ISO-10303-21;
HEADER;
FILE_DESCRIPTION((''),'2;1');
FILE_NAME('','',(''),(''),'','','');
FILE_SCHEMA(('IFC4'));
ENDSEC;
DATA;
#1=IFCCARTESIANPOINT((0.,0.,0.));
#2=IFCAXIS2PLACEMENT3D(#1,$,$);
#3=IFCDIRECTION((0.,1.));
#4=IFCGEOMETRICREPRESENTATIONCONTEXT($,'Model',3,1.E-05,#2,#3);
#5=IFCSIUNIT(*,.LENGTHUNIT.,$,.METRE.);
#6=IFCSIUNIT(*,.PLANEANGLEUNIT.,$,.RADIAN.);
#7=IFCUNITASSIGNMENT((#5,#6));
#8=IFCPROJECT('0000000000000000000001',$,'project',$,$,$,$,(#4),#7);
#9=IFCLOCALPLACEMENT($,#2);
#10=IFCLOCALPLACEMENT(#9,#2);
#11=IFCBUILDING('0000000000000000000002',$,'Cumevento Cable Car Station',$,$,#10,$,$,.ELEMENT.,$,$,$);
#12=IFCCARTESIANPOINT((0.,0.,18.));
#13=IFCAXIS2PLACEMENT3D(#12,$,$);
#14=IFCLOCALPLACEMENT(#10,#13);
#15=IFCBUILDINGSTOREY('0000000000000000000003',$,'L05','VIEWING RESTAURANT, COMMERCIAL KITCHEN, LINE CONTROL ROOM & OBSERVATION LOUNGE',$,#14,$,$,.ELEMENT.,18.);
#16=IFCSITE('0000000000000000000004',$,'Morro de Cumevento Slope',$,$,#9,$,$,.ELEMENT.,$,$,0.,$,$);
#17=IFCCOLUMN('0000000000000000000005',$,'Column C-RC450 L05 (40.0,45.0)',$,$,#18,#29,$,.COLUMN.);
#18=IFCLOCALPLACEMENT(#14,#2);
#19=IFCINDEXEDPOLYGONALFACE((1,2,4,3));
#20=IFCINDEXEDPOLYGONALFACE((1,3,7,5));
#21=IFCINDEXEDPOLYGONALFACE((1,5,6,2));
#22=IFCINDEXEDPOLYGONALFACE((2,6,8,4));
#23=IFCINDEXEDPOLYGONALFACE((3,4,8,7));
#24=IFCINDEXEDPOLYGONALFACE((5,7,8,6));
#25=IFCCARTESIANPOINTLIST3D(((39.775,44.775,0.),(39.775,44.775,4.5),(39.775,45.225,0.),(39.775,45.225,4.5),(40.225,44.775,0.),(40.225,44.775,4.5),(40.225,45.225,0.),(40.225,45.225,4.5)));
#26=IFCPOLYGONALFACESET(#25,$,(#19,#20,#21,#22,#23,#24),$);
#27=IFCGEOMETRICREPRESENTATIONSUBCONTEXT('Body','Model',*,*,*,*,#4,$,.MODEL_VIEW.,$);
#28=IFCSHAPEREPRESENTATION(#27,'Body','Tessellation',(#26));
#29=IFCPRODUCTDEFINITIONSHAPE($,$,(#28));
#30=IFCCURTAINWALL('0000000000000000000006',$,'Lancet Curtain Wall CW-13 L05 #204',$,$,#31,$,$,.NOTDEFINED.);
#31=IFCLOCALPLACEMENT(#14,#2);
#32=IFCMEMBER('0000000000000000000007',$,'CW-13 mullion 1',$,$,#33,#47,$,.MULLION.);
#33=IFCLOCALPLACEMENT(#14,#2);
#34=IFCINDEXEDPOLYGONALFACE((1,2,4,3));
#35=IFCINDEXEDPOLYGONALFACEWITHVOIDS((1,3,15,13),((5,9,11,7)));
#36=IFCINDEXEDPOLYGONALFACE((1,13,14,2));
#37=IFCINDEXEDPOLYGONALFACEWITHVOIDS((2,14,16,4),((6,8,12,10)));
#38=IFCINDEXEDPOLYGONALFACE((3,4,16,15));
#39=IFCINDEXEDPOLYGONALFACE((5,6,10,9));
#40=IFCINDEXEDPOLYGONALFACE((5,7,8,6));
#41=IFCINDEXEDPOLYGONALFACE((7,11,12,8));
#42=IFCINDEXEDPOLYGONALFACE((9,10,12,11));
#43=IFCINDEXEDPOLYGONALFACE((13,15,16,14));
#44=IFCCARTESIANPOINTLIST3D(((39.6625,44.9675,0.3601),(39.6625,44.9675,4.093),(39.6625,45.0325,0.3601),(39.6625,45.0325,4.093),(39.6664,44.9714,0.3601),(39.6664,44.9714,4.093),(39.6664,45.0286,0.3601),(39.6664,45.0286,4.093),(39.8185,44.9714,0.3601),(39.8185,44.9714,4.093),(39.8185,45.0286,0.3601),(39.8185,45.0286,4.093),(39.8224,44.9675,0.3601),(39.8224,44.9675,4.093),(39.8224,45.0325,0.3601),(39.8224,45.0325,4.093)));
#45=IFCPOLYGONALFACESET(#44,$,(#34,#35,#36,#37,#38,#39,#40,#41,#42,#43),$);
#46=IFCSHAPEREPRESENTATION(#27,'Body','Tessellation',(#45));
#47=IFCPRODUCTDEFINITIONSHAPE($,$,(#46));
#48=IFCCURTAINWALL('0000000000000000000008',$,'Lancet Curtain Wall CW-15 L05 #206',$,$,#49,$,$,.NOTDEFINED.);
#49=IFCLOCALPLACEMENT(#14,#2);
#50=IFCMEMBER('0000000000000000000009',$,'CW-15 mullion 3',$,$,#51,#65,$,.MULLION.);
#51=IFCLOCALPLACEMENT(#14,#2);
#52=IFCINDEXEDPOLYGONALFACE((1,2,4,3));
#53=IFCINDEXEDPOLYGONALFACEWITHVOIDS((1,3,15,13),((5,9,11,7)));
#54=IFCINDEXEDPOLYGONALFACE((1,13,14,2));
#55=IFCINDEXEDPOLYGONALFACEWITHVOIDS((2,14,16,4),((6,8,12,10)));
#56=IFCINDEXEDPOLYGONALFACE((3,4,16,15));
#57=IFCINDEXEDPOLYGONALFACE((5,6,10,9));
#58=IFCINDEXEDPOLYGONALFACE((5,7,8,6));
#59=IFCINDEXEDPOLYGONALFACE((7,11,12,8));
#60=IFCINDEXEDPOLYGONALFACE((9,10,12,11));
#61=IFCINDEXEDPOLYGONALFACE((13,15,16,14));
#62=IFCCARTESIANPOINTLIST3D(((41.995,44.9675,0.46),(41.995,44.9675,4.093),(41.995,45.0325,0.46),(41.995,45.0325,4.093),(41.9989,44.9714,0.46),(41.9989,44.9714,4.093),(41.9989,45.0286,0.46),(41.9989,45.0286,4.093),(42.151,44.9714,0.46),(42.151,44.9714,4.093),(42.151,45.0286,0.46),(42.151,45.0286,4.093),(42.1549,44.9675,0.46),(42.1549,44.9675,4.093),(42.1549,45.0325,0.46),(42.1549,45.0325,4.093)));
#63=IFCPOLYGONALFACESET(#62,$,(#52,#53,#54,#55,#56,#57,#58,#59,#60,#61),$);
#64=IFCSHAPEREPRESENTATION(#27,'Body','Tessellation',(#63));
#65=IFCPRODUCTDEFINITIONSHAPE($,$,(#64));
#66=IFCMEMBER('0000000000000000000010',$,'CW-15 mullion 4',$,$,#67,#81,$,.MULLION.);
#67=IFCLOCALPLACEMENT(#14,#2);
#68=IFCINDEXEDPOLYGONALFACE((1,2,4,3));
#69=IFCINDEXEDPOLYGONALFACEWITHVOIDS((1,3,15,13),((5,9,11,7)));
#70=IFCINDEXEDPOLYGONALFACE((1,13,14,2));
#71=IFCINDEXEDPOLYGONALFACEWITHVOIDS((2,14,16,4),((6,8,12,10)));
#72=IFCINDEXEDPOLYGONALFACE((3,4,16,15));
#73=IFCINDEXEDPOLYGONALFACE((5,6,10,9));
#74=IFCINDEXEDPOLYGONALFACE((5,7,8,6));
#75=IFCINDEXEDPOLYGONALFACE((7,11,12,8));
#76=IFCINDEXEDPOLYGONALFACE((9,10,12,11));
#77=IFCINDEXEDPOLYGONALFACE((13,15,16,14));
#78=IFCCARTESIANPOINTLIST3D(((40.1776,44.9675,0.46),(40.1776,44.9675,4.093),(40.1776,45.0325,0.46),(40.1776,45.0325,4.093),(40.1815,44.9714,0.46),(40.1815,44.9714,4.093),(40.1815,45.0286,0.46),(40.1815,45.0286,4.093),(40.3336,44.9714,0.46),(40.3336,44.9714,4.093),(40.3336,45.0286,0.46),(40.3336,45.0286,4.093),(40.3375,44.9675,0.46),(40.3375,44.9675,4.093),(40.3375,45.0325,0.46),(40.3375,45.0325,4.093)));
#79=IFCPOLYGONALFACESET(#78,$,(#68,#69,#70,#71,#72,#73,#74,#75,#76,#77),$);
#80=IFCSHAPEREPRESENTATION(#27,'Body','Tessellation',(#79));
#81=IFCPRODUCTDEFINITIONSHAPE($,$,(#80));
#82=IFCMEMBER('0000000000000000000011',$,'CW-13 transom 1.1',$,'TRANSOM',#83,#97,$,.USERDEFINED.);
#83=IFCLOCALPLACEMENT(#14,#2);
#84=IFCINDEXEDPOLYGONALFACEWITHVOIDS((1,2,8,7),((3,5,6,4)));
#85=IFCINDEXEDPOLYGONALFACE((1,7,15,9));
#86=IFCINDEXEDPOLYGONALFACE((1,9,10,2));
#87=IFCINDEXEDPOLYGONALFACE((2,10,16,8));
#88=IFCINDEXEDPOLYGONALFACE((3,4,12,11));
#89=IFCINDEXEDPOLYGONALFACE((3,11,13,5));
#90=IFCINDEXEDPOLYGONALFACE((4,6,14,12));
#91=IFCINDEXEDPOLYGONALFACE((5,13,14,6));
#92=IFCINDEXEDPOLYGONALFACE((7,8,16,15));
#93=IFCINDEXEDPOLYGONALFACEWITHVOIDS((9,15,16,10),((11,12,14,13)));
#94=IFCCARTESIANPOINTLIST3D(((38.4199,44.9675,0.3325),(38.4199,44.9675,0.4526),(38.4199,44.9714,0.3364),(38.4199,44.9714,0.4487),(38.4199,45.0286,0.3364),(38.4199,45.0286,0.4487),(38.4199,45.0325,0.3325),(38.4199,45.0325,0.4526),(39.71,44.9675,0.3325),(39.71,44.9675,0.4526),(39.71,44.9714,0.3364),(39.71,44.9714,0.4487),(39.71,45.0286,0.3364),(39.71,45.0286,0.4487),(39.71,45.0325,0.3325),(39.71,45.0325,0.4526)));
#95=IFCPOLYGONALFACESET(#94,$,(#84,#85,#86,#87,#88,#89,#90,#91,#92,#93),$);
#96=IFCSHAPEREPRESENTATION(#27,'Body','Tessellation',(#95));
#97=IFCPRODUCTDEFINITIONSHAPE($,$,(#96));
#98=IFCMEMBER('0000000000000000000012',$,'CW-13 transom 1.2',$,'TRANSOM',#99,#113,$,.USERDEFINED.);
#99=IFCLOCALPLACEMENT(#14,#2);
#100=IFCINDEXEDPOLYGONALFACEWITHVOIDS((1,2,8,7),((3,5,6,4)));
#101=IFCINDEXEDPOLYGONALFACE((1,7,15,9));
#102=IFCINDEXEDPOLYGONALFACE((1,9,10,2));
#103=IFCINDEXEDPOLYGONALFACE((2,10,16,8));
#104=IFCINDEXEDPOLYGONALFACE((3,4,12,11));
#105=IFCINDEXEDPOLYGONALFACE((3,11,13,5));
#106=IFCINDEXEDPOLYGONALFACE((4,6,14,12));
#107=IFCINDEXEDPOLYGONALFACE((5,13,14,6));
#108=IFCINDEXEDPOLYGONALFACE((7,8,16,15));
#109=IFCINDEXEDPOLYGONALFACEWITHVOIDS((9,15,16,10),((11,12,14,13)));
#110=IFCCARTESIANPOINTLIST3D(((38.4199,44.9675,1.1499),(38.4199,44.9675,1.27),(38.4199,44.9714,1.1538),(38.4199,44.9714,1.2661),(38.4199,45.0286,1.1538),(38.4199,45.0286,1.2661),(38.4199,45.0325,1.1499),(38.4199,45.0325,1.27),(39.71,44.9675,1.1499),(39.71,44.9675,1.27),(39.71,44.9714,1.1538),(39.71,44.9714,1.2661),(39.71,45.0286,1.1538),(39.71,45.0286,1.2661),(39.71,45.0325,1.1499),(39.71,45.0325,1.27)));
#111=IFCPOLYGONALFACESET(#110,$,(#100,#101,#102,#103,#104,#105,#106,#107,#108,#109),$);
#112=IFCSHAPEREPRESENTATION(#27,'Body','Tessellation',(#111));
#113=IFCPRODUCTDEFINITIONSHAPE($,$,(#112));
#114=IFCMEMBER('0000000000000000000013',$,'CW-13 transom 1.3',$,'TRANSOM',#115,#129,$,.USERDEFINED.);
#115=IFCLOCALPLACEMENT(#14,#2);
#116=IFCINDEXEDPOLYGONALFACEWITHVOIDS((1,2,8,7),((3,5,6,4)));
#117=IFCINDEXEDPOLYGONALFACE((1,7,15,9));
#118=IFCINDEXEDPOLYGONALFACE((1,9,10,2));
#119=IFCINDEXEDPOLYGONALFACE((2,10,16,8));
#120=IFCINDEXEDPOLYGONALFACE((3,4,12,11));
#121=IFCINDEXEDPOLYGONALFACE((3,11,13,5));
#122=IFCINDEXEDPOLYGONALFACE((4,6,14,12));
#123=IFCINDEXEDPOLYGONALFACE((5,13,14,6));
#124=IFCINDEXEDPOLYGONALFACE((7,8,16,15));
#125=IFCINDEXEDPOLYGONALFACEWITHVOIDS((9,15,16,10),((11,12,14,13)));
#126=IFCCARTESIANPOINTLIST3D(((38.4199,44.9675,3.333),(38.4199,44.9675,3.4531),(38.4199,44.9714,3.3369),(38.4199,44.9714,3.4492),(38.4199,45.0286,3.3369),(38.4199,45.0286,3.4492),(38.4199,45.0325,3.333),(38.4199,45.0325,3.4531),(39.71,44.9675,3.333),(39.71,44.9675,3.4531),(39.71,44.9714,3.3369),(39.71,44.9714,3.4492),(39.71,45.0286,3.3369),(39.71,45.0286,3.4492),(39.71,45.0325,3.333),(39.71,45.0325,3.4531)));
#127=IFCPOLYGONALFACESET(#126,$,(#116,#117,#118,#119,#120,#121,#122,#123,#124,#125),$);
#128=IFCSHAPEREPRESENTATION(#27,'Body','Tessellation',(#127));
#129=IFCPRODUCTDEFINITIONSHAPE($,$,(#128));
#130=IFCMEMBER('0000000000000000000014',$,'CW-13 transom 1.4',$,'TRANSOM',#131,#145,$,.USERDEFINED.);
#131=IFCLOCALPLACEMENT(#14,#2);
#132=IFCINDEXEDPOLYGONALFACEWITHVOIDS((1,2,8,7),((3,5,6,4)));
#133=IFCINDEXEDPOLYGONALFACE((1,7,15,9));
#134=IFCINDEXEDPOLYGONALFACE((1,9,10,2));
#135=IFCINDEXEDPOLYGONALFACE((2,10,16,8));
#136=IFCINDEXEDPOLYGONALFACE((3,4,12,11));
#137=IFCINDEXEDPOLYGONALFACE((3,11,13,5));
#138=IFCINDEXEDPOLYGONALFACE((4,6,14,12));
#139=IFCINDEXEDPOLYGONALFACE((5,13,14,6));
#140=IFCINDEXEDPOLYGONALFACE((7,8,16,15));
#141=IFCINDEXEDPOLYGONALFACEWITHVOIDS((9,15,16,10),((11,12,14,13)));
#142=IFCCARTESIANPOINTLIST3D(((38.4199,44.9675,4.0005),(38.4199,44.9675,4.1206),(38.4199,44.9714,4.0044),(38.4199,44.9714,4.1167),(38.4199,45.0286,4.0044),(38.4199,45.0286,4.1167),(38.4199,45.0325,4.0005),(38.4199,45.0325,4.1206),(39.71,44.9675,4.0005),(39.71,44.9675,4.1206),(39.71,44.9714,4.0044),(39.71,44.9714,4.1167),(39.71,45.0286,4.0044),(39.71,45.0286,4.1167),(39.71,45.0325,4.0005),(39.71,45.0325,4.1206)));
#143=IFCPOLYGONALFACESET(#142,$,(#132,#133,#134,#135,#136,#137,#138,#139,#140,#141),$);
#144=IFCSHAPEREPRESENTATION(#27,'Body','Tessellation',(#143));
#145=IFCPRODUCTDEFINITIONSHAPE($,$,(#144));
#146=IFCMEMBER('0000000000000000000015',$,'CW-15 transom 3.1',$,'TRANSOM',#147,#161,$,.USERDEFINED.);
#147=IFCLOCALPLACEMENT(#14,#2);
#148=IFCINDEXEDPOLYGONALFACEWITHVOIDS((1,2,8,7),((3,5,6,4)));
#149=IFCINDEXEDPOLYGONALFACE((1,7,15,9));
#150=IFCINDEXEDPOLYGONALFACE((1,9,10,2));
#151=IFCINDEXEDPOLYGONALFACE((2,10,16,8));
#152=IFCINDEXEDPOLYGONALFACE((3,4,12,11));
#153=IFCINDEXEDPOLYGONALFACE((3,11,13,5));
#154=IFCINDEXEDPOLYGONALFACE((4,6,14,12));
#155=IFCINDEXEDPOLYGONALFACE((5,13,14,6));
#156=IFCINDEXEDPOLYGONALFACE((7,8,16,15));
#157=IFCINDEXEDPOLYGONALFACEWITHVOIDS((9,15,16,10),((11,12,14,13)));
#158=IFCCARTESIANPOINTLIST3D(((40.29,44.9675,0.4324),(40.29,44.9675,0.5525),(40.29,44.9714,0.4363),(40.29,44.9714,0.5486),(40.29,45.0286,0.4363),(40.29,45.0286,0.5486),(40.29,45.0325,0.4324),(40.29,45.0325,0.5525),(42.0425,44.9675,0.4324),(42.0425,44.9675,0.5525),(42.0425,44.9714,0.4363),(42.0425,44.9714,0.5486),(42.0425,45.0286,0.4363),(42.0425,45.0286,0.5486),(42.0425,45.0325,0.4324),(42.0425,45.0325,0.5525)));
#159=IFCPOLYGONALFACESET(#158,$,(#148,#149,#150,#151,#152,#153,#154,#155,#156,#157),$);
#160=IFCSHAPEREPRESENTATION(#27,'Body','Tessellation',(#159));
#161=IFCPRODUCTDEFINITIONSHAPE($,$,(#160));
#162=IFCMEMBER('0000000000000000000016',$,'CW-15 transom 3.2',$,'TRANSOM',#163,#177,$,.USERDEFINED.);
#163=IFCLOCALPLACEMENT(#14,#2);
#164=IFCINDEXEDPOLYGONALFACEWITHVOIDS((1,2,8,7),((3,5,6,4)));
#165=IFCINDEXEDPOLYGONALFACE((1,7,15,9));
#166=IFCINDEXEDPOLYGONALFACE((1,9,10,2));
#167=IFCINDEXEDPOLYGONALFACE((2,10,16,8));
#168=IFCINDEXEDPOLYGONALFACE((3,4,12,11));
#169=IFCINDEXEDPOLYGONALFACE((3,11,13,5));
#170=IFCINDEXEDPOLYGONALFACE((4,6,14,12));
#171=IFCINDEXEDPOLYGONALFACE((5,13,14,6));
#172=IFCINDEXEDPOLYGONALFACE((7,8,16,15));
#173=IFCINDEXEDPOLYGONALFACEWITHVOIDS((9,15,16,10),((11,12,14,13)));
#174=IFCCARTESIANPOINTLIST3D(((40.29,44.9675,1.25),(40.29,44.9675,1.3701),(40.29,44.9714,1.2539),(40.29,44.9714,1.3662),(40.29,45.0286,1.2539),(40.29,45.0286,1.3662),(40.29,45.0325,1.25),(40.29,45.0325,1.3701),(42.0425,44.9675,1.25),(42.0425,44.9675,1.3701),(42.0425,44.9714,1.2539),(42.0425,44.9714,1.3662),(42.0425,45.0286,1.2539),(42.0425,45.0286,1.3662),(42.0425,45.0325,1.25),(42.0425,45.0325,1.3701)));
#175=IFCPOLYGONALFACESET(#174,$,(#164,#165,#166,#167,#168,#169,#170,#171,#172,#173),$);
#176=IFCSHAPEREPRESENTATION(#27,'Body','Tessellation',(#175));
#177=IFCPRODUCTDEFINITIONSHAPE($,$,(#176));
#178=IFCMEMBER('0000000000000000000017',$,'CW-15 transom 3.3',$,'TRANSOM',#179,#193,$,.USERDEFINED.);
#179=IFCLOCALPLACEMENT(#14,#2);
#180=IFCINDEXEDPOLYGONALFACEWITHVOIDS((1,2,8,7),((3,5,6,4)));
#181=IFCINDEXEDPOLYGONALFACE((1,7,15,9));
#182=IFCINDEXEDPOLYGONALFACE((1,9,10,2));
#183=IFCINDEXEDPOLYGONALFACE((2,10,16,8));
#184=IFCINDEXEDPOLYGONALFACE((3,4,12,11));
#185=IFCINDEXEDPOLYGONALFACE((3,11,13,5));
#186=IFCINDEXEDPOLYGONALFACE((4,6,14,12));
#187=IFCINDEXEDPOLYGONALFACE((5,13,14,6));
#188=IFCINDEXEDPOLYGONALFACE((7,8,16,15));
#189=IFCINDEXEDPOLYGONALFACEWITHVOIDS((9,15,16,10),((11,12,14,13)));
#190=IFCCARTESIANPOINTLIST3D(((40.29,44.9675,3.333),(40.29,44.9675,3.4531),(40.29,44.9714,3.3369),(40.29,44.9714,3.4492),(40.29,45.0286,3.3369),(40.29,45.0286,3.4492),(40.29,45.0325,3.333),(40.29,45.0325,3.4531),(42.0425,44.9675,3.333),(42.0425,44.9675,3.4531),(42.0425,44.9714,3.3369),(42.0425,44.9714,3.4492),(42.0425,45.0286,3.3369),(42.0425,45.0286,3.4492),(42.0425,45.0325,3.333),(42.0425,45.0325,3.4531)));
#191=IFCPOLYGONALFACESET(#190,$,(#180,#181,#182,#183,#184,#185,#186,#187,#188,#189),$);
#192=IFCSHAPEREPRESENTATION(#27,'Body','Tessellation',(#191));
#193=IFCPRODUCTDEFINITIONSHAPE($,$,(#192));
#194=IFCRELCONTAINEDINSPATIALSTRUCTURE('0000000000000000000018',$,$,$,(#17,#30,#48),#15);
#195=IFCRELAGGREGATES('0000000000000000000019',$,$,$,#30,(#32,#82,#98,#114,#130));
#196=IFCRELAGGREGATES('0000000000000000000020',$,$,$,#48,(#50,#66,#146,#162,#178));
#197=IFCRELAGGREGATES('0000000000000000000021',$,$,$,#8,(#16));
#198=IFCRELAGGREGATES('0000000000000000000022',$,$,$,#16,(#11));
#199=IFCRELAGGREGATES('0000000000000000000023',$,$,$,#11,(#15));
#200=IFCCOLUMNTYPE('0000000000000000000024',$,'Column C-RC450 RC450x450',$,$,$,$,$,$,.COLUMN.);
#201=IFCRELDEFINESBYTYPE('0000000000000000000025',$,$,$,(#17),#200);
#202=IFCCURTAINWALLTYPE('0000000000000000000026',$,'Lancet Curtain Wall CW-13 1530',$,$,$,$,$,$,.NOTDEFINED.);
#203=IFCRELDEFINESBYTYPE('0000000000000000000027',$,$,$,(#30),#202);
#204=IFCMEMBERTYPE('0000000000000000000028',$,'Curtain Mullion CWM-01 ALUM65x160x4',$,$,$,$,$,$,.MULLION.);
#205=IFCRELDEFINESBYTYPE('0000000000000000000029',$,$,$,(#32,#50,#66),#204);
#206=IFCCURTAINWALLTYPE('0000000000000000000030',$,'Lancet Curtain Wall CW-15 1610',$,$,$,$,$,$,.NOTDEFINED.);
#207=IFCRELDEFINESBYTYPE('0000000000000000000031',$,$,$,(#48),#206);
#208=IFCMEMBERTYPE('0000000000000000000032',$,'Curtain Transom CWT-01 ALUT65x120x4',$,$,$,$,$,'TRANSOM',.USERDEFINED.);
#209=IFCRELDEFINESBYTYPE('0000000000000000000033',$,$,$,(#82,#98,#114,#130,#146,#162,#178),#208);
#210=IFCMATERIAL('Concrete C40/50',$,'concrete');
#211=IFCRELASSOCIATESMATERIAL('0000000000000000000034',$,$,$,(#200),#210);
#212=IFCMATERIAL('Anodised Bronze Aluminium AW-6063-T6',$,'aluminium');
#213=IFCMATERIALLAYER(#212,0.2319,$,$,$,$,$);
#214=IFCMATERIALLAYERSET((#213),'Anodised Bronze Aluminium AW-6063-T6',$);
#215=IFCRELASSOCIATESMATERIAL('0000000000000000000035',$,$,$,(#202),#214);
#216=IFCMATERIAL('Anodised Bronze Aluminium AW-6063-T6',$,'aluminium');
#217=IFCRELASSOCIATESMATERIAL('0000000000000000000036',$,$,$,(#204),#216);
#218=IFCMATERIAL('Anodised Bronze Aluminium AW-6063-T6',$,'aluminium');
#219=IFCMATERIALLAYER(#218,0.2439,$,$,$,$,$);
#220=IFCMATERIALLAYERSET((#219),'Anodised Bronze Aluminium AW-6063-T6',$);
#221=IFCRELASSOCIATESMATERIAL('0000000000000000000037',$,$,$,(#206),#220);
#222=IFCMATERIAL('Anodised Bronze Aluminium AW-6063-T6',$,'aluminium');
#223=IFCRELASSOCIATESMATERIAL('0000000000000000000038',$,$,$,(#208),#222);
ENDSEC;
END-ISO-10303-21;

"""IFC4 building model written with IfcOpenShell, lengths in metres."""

from ifc_helpers import new_model, si_unit, direction, frame, origin, origin_2d, place, context, subcontext, project, spatial, rectangle, hollow_rectangle, extrude, material, layer, layer_set, material_profile, profile_set, type_object, element, aggregate, save


model = new_model("IFC4")

# Units and contexts
model_context = context("Model", 3, precision=1e-05, world=origin(), true_north=direction((0.0, 1.0)))
body_context = subcontext(model_context, "Body", "Model", "MODEL_VIEW")
ifc_project = project(units=[si_unit("LENGTHUNIT", "METRE"), si_unit("PLANEANGLEUNIT", "RADIAN")], contexts=[model_context])

# Site, building, storey
site_placement = place(None, origin())
site = spatial("IfcSite", under=ifc_project, at=site_placement, Name="Morro de Cumevento Slope", CompositionType="ELEMENT", RefElevation=0.0)
building_placement = place(site_placement, origin())
building = spatial("IfcBuilding", under=site, at=building_placement, Name="Cumevento Cable Car Station", CompositionType="ELEMENT")
storey_placement = place(building_placement, frame((0.0, 0.0, 18.0)))
storey = spatial("IfcBuildingStorey", under=building, at=storey_placement, Name="L05", Description="VIEWING RESTAURANT, COMMERCIAL KITCHEN, LINE CONTROL ROOM & OBSERVATION LOUNGE", CompositionType="ELEMENT", Elevation=18.0)

# Column
ifc_material_1 = material(Name="Concrete C40/50", Category="concrete")
ifc_material_profile_1 = material_profile(ifc_material_1, rectangle(XDim=0.45, YDim=0.45, at=origin_2d()), Name="RC450x450")
ifc_profile_set_1 = profile_set([ifc_material_profile_1], Name="Concrete C40/50")
column_type = type_object("IfcColumnType", Name="Column C-RC450 RC450x450", PredefinedType="COLUMN", material=ifc_profile_set_1)
column_placement = place(storey_placement, frame((40.0, 45.0, 0.0), z_axis=(0.0, 0.0, 1.0), x_axis=(1.0, 0.0, 0.0)))
element("IfcColumn", 1, at=column_placement, inside=storey, type_object=column_type, Name="Column C-RC450 L05 (40.0,45.0)", PredefinedType="COLUMN", context=body_context, shape_type="SweptSolid", body=[
    extrude(rectangle(XDim=0.45, YDim=0.45, at=origin_2d()), origin(), (0.0, 0.0, 1.0), 4.5),
])

# Curtain wall, member
ifc_material_2 = material(Name="Anodised Bronze Aluminium AW-6063-T6", Category="aluminium")
ifc_layer_1 = layer(ifc_material_2, 0.2319)
ifc_layer_set_1 = layer_set([ifc_layer_1], Name="Anodised Bronze Aluminium AW-6063-T6")
curtain_wall_type_1 = type_object("IfcCurtainWallType", Name="Lancet Curtain Wall CW-13 1530", PredefinedType="NOTDEFINED", material=ifc_layer_set_1)
curtain_wall_1_placement = place(storey_placement, origin())
curtain_wall_1 = element("IfcCurtainWall", 2, at=curtain_wall_1_placement, inside=storey, type_object=curtain_wall_type_1, Name="Lancet Curtain Wall CW-13 L05 #204", PredefinedType="NOTDEFINED")
ifc_material_3 = material(Name="Anodised Bronze Aluminium AW-6063-T6", Category="aluminium")
ifc_material_profile_2 = material_profile(ifc_material_3, hollow_rectangle(XDim=0.0649, YDim=0.1599, WallThickness=0.0039, at=origin_2d()), Name="ALUM65x160x4")
ifc_profile_set_2 = profile_set([ifc_material_profile_2], Name="Anodised Bronze Aluminium AW-6063-T6")
member_type_1 = type_object("IfcMemberType", Name="Curtain Mullion CWM-01 ALUM65x160x4", PredefinedType="MULLION", material=ifc_profile_set_2)
member_1_placement = place(storey_placement, frame((39.7424, 45.0, 0.3601), z_axis=(0.0, 0.0, 1.0), x_axis=(0.0, -1.0, 0.0)))
member_1 = element("IfcMember", 3, at=member_1_placement, type_object=member_type_1, Name="CW-13 mullion 1", PredefinedType="MULLION", context=body_context, shape_type="SweptSolid", body=[
    extrude(hollow_rectangle(XDim=0.0649, YDim=0.1599, WallThickness=0.0039, at=origin_2d()), origin(), (0.0, 0.0, 1.0), 3.7329),
])

# Curtain wall, members
ifc_material_4 = material(Name="Anodised Bronze Aluminium AW-6063-T6", Category="aluminium")
ifc_layer_2 = layer(ifc_material_4, 0.2439)
ifc_layer_set_2 = layer_set([ifc_layer_2], Name="Anodised Bronze Aluminium AW-6063-T6")
curtain_wall_type_2 = type_object("IfcCurtainWallType", Name="Lancet Curtain Wall CW-15 1610", PredefinedType="NOTDEFINED", material=ifc_layer_set_2)
curtain_wall_2_placement = place(storey_placement, origin())
curtain_wall_2 = element("IfcCurtainWall", 4, at=curtain_wall_2_placement, inside=storey, type_object=curtain_wall_type_2, Name="Lancet Curtain Wall CW-15 L05 #206", PredefinedType="NOTDEFINED")
member_2_placement = place(storey_placement, frame((42.075, 45.0, 0.46), z_axis=(0.0, 0.0, 1.0), x_axis=(0.0, -1.0, 0.0)))
member_2 = element("IfcMember", 5, at=member_2_placement, type_object=member_type_1, Name="CW-15 mullion 3", PredefinedType="MULLION", context=body_context, shape_type="SweptSolid", body=[
    extrude(hollow_rectangle(XDim=0.0649, YDim=0.1599, WallThickness=0.0039, at=origin_2d()), origin(), (0.0, 0.0, 1.0), 3.6331),
])
member_3_placement = place(storey_placement, frame((40.2576, 45.0, 0.46), z_axis=(0.0, 0.0, 1.0), x_axis=(0.0, -1.0, 0.0)))
member_3 = element("IfcMember", 6, at=member_3_placement, type_object=member_type_1, Name="CW-15 mullion 4", PredefinedType="MULLION", context=body_context, shape_type="SweptSolid", body=[
    extrude(hollow_rectangle(XDim=0.0649, YDim=0.1599, WallThickness=0.0039, at=origin_2d()), origin(), (0.0, 0.0, 1.0), 3.6331),
])

# Members
ifc_material_5 = material(Name="Anodised Bronze Aluminium AW-6063-T6", Category="aluminium")
ifc_material_profile_3 = material_profile(ifc_material_5, hollow_rectangle(XDim=0.0649, YDim=0.1201, WallThickness=0.0039, at=origin_2d()), Name="ALUT65x120x4")
ifc_profile_set_3 = profile_set([ifc_material_profile_3], Name="Anodised Bronze Aluminium AW-6063-T6")
member_type_2 = type_object("IfcMemberType", Name="Curtain Transom CWT-01 ALUT65x120x4", ElementType="TRANSOM", PredefinedType="USERDEFINED", material=ifc_profile_set_3)
member_4_placement = place(storey_placement, frame((39.71, 45.0, 0.3926), z_axis=(-1.0, 0.0, 0.0), x_axis=(0.0, -1.0, 0.0)))
member_4 = element("IfcMember", 7, at=member_4_placement, type_object=member_type_2, Name="CW-13 transom 1.1", ObjectType="TRANSOM", PredefinedType="USERDEFINED", context=body_context, shape_type="SweptSolid", body=[
    extrude(hollow_rectangle(XDim=0.0649, YDim=0.1201, WallThickness=0.0039, at=origin_2d()), origin(), (0.0, 0.0, 1.0), 1.29),
])
member_5_placement = place(storey_placement, frame((39.71, 45.0, 1.21), z_axis=(-1.0, 0.0, 0.0), x_axis=(0.0, -1.0, 0.0)))
member_5 = element("IfcMember", 8, at=member_5_placement, type_object=member_type_2, Name="CW-13 transom 1.2", ObjectType="TRANSOM", PredefinedType="USERDEFINED", context=body_context, shape_type="SweptSolid", body=[
    extrude(hollow_rectangle(XDim=0.0649, YDim=0.1201, WallThickness=0.0039, at=origin_2d()), origin(), (0.0, 0.0, 1.0), 1.29),
])
member_6_placement = place(storey_placement, frame((39.71, 45.0, 3.3931), z_axis=(-1.0, 0.0, 0.0), x_axis=(0.0, -1.0, 0.0)))
member_6 = element("IfcMember", 9, at=member_6_placement, type_object=member_type_2, Name="CW-13 transom 1.3", ObjectType="TRANSOM", PredefinedType="USERDEFINED", context=body_context, shape_type="SweptSolid", body=[
    extrude(hollow_rectangle(XDim=0.0649, YDim=0.1201, WallThickness=0.0039, at=origin_2d()), origin(), (0.0, 0.0, 1.0), 1.29),
])
member_7_placement = place(storey_placement, frame((39.71, 45.0, 4.0605), z_axis=(-1.0, 0.0, 0.0), x_axis=(0.0, -1.0, 0.0)))
member_7 = element("IfcMember", 10, at=member_7_placement, type_object=member_type_2, Name="CW-13 transom 1.4", ObjectType="TRANSOM", PredefinedType="USERDEFINED", context=body_context, shape_type="SweptSolid", body=[
    extrude(hollow_rectangle(XDim=0.0649, YDim=0.1201, WallThickness=0.0039, at=origin_2d()), origin(), (0.0, 0.0, 1.0), 1.29),
])
member_8_placement = place(storey_placement, frame((42.0425, 45.0, 0.4924), z_axis=(-1.0, 0.0, 0.0), x_axis=(0.0, -1.0, 0.0)))
member_8 = element("IfcMember", 11, at=member_8_placement, type_object=member_type_2, Name="CW-15 transom 3.1", ObjectType="TRANSOM", PredefinedType="USERDEFINED", context=body_context, shape_type="SweptSolid", body=[
    extrude(hollow_rectangle(XDim=0.0649, YDim=0.1201, WallThickness=0.0039, at=origin_2d()), origin(), (0.0, 0.0, 1.0), 1.7524),
])
member_9_placement = place(storey_placement, frame((42.0425, 45.0, 1.3101), z_axis=(-1.0, 0.0, 0.0), x_axis=(0.0, -1.0, 0.0)))
member_9 = element("IfcMember", 12, at=member_9_placement, type_object=member_type_2, Name="CW-15 transom 3.2", ObjectType="TRANSOM", PredefinedType="USERDEFINED", context=body_context, shape_type="SweptSolid", body=[
    extrude(hollow_rectangle(XDim=0.0649, YDim=0.1201, WallThickness=0.0039, at=origin_2d()), origin(), (0.0, 0.0, 1.0), 1.7524),
])
member_10_placement = place(storey_placement, frame((42.0425, 45.0, 3.3931), z_axis=(-1.0, 0.0, 0.0), x_axis=(0.0, -1.0, 0.0)))
member_10 = element("IfcMember", 13, at=member_10_placement, type_object=member_type_2, Name="CW-15 transom 3.3", ObjectType="TRANSOM", PredefinedType="USERDEFINED", context=body_context, shape_type="SweptSolid", body=[
    extrude(hollow_rectangle(XDim=0.0649, YDim=0.1201, WallThickness=0.0039, at=origin_2d()), origin(), (0.0, 0.0, 1.0), 1.7524),
])

aggregate(curtain_wall_1, [member_1, member_4, member_5, member_6, member_7])
aggregate(curtain_wall_2, [member_2, member_3, member_8, member_9, member_10])

save(model, "model.ifc")
